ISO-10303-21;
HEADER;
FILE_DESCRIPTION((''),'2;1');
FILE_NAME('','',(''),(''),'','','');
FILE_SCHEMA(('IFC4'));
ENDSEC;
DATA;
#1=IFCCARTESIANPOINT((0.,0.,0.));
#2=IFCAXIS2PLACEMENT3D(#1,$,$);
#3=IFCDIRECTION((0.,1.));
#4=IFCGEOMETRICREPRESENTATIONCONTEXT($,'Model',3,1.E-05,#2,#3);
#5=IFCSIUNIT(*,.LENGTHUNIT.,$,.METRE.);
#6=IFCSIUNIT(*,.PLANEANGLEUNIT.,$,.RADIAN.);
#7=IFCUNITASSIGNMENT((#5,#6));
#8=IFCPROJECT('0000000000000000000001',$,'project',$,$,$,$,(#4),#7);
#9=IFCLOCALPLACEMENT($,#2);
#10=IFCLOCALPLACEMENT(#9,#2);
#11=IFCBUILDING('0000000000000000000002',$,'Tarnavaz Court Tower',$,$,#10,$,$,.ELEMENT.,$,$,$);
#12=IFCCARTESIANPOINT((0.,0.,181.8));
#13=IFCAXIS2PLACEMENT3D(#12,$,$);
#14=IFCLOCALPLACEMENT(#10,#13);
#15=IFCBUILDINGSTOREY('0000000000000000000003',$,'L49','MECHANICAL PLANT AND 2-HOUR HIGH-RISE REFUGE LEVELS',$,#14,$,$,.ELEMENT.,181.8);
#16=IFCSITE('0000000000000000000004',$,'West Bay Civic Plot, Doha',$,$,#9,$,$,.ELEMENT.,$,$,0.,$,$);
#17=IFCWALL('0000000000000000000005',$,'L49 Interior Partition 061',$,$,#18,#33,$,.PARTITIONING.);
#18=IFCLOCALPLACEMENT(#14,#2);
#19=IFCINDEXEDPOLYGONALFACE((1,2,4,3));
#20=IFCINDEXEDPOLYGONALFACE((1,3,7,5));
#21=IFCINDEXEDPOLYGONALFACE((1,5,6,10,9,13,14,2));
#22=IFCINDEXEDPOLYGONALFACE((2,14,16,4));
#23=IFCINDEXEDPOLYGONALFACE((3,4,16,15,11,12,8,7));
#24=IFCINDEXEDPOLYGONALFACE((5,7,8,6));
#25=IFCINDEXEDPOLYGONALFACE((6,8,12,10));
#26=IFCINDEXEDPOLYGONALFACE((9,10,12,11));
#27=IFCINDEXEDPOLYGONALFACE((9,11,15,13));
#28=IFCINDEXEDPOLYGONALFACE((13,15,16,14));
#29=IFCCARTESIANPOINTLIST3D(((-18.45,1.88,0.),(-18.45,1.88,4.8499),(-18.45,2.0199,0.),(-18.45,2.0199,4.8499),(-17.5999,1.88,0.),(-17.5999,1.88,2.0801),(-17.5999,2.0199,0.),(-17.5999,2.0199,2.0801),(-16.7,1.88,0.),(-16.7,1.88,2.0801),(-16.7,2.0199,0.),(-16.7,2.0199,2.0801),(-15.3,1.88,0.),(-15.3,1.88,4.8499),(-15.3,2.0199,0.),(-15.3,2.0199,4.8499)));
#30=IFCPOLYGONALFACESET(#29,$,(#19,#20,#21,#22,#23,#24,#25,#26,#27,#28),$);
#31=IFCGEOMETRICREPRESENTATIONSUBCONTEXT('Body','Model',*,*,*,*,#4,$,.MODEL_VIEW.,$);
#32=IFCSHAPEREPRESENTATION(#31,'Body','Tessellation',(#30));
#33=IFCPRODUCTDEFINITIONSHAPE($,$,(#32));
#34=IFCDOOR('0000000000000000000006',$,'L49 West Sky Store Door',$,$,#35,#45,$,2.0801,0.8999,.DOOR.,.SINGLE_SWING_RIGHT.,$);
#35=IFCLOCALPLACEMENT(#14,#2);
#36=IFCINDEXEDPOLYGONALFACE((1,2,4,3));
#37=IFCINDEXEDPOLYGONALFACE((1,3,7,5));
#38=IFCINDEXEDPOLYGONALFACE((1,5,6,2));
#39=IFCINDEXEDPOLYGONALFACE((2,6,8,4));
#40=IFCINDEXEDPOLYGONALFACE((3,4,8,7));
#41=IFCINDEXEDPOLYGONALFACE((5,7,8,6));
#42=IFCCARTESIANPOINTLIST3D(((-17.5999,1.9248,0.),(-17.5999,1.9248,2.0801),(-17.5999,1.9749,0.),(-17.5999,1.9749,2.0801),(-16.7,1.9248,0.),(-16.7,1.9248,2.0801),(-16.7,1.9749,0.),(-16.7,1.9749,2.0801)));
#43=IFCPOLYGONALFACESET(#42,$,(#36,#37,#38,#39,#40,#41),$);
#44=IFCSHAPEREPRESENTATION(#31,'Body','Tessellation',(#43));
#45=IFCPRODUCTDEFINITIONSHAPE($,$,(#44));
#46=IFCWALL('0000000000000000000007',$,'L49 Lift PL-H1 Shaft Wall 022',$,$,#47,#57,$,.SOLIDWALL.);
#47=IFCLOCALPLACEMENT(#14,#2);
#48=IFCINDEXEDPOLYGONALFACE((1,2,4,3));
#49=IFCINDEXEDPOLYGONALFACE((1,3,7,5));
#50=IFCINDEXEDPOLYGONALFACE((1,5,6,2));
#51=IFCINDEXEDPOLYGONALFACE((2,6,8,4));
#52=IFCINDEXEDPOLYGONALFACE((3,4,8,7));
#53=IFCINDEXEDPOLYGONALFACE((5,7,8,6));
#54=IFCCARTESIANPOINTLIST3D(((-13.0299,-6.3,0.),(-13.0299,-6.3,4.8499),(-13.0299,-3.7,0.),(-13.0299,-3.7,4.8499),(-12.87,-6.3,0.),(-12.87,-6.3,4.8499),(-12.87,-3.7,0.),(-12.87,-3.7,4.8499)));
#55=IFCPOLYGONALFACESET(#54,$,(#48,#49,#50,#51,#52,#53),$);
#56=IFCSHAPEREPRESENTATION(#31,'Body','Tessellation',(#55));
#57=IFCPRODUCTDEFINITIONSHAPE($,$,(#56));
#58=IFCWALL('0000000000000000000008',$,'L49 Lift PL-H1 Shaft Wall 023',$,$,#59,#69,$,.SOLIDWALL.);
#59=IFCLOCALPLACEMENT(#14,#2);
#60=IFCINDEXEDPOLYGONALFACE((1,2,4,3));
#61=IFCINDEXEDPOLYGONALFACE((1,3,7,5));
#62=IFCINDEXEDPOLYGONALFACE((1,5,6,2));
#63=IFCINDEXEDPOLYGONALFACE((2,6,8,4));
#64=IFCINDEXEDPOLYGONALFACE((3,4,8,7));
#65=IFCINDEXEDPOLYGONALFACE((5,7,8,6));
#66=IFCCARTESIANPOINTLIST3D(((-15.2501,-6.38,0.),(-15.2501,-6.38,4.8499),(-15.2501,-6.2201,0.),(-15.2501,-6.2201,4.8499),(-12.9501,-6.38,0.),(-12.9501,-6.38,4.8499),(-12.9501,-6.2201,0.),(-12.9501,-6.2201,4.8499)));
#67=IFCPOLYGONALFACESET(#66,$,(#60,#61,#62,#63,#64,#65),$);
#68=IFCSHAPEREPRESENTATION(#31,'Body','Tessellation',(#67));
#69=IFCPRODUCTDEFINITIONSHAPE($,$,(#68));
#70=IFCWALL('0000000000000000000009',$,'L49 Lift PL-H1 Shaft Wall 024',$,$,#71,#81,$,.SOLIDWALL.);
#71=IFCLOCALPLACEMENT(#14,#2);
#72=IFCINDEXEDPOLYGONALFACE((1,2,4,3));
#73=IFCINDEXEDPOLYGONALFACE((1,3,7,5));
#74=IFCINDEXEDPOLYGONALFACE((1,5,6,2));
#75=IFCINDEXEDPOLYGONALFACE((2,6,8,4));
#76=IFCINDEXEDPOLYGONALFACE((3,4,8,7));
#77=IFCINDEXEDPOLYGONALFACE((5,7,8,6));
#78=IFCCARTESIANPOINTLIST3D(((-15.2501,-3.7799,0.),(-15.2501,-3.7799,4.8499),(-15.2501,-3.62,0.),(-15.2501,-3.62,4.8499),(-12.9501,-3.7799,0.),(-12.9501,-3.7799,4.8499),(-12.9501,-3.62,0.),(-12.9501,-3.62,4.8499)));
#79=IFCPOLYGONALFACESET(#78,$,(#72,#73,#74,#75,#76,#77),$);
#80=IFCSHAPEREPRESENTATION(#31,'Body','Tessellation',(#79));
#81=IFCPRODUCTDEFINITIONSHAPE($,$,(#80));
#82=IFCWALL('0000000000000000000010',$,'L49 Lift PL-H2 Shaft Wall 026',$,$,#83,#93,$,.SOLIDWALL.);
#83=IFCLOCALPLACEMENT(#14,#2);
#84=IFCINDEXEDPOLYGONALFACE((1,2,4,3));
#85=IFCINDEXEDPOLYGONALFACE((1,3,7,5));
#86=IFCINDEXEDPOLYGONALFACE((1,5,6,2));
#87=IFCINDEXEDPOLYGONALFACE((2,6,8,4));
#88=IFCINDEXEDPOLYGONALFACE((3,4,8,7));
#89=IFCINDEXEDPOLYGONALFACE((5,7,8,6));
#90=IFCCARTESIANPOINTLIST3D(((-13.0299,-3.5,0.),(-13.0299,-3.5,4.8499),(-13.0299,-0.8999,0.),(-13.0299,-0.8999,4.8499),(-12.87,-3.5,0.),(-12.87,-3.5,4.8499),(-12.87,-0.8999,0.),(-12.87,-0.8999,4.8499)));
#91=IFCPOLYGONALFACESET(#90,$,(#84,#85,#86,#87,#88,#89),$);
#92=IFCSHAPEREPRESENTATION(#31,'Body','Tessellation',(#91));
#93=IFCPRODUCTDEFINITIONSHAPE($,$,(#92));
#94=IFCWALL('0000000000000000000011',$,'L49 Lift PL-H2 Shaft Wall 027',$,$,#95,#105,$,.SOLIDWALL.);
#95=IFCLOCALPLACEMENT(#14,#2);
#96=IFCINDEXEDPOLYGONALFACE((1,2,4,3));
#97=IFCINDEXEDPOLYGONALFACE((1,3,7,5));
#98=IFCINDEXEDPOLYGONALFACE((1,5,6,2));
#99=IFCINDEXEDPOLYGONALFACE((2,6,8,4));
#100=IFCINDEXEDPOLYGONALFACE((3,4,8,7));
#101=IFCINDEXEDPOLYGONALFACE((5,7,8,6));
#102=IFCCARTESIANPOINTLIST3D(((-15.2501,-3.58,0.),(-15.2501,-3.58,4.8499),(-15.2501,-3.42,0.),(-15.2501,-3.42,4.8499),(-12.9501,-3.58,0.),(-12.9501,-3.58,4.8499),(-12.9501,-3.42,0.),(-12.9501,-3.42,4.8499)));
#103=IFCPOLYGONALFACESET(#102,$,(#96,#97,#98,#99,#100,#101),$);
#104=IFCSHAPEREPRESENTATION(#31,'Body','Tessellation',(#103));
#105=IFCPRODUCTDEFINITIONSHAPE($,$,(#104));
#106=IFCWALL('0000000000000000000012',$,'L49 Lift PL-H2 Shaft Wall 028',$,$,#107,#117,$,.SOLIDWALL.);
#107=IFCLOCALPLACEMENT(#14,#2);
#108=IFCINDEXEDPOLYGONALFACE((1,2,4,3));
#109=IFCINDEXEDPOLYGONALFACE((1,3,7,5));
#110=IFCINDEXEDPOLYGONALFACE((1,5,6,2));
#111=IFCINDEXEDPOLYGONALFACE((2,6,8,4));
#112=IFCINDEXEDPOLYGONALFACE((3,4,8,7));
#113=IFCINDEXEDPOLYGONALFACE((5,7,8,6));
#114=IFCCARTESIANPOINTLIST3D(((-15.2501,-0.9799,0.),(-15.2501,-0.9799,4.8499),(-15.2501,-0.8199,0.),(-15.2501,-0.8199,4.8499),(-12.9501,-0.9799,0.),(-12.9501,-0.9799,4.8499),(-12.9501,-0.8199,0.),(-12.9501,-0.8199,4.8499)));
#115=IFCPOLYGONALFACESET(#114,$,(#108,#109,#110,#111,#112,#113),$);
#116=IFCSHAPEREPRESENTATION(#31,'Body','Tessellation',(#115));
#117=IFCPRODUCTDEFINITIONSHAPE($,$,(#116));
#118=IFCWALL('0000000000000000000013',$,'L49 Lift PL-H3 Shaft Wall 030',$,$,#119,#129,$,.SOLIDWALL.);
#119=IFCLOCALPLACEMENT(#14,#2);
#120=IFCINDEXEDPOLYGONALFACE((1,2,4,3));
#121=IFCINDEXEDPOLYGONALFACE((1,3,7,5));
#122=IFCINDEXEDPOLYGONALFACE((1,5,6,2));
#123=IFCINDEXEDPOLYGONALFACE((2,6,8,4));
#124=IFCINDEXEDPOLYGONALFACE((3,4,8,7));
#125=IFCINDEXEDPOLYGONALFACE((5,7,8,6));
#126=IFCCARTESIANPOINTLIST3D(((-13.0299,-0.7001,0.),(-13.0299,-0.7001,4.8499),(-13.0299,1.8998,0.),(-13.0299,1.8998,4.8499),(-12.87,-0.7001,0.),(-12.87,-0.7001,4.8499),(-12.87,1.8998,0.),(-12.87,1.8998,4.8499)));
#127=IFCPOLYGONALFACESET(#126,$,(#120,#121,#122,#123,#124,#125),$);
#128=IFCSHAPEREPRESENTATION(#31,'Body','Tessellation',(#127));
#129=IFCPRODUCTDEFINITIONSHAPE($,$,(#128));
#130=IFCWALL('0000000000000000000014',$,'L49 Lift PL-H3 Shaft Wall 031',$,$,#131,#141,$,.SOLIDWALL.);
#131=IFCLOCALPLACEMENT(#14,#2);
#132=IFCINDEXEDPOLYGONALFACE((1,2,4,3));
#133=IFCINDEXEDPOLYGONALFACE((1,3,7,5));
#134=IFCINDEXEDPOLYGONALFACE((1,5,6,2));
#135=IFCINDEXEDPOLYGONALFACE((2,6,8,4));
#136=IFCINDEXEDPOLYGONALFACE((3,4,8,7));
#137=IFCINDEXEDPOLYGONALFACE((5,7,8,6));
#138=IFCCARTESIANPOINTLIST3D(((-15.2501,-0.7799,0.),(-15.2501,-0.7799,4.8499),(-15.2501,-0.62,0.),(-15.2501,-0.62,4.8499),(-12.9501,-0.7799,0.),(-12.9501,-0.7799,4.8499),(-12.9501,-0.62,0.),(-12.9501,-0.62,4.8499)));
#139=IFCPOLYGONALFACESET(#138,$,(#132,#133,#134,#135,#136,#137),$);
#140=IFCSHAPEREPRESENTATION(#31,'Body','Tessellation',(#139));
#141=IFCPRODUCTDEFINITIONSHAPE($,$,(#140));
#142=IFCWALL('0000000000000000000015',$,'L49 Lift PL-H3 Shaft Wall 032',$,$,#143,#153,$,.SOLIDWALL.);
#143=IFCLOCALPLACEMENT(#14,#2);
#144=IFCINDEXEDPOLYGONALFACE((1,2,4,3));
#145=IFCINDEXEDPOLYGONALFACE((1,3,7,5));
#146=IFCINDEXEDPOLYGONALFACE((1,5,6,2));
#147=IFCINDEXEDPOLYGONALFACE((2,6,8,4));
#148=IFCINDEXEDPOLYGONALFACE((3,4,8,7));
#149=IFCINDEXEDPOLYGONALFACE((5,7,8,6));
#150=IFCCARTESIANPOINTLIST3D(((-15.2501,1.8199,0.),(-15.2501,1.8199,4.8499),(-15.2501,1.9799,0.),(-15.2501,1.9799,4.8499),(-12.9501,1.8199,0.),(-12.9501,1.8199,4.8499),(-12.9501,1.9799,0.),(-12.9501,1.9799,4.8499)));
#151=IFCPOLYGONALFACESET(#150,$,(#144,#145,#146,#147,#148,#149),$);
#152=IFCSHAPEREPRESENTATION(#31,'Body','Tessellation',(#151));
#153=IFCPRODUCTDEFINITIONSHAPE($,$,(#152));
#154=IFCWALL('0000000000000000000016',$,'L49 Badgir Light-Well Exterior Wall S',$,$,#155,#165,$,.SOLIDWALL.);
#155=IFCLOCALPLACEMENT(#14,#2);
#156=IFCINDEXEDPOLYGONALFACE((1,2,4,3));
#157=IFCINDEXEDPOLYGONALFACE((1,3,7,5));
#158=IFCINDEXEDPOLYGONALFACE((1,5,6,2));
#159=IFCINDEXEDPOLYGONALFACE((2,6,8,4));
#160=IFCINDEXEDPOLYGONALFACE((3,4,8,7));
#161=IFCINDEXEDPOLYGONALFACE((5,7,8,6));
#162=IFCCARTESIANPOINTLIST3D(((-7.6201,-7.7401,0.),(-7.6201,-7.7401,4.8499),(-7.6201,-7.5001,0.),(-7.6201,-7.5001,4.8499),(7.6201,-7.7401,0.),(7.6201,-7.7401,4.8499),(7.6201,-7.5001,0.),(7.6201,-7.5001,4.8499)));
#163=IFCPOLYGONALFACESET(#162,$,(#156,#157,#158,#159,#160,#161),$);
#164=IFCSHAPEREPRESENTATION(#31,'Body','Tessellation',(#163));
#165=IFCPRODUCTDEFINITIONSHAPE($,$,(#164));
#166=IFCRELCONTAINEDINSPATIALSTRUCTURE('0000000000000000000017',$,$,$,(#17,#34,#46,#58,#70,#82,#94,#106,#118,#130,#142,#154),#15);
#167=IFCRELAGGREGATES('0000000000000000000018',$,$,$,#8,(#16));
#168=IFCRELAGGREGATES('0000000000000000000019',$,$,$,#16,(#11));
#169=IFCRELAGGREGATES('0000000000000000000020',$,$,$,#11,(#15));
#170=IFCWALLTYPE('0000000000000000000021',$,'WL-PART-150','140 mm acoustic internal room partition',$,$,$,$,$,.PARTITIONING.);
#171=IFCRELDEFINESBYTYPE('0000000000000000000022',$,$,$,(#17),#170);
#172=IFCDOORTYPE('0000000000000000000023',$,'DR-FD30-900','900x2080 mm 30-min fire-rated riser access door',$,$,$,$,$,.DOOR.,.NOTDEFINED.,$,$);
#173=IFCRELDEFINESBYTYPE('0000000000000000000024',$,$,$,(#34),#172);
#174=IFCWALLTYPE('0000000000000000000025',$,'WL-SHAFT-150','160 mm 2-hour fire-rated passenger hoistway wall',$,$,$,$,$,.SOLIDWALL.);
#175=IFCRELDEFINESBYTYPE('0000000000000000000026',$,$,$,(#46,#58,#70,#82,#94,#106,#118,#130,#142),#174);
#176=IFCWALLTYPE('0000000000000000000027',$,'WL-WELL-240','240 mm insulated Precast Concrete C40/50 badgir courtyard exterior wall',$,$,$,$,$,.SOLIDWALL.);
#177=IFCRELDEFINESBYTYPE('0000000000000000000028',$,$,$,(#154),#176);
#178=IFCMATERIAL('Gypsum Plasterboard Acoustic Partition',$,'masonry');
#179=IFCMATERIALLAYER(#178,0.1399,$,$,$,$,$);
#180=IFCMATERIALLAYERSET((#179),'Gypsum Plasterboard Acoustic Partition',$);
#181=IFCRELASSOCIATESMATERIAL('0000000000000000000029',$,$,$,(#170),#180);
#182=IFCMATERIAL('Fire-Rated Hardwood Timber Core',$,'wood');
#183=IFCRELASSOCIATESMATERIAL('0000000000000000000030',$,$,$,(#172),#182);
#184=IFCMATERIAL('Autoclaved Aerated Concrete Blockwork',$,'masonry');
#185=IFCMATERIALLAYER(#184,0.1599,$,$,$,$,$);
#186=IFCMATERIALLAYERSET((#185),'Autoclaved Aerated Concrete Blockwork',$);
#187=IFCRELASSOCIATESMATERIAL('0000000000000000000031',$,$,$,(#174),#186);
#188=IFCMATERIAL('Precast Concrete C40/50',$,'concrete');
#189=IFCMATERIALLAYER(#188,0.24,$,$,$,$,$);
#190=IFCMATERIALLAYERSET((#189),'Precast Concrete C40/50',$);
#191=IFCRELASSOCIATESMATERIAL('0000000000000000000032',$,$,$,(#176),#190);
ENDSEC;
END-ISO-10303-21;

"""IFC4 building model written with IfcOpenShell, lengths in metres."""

from ifc_helpers import new_model, si_unit, direction, frame, frame_2d, origin, place, context, subcontext, project, spatial, rectangle, extrude, material, layer, layer_set, type_object, element, fill, save


model = new_model("IFC4")

# Units and contexts
model_context = context("Model", 3, precision=1e-05, world=origin(), true_north=direction((0.0, 1.0)))
body_context = subcontext(model_context, "Body", "Model", "MODEL_VIEW")
ifc_project = project(units=[si_unit("LENGTHUNIT", "METRE"), si_unit("PLANEANGLEUNIT", "RADIAN")], contexts=[model_context])

# Site, building, storey
site_placement = place(None, origin())
site = spatial("IfcSite", under=ifc_project, at=site_placement, Name="West Bay Civic Plot, Doha", CompositionType="ELEMENT", RefElevation=0.0)
building_placement = place(site_placement, origin())
building = spatial("IfcBuilding", under=site, at=building_placement, Name="Tarnavaz Court Tower", CompositionType="ELEMENT")
storey_placement = place(building_placement, frame((0.0, 0.0, 181.8)))
storey = spatial("IfcBuildingStorey", under=building, at=storey_placement, Name="L49", Description="MECHANICAL PLANT AND 2-HOUR HIGH-RISE REFUGE LEVELS", CompositionType="ELEMENT", Elevation=181.8)

# Wall, opening, door
ifc_material_1 = material(Name="Gypsum Plasterboard Acoustic Partition", Category="masonry")
ifc_layer_1 = layer(ifc_material_1, 0.1399)
ifc_layer_set_1 = layer_set([ifc_layer_1], Name="Gypsum Plasterboard Acoustic Partition")
wall_type_1 = type_object("IfcWallType", Name="WL-PART-150", Description="140 mm acoustic internal room partition", PredefinedType="PARTITIONING", material=ifc_layer_set_1)
wall_1_placement = place(storey_placement, frame((-18.45, 1.95, 0.0), z_axis=(0.0, 0.0, 1.0), x_axis=(1.0, 0.0, 0.0)))
wall_1 = element("IfcWall", 1, at=wall_1_placement, inside=storey, type_object=wall_type_1, Name="L49 Interior Partition 061", PredefinedType="PARTITIONING", context=body_context, shape_type="SweptSolid", body=[
    extrude(rectangle(XDim=3.1499, YDim=0.1399, at=frame_2d((1.575, 0.0))), origin(), (0.0, 0.0, 1.0), 4.8499),
])
opening_1_placement = place(wall_1_placement, frame((0.8501, 0.0, 0.0)))
opening_1 = element("IfcOpeningElement", 2, at=opening_1_placement, cuts=wall_1, PredefinedType="OPENING", context=body_context, shape_type="SweptSolid", body=[
    extrude(rectangle(XDim=0.8999, YDim=2.0801, at=frame_2d((0.45, 1.04))), frame((0.0, 0.0798, 0.0), z_axis=(0.0, -1.0, 0.0), x_axis=(1.0, 0.0, 0.0)), (0.0, 0.0, 1.0), 0.1599),
])
ifc_material_2 = material(Name="Fire-Rated Hardwood Timber Core", Category="wood")
door_type_1 = type_object("IfcDoorType", Name="DR-FD30-900", Description="900x2080 mm 30-min fire-rated riser access door", OperationType="NOTDEFINED", PredefinedType="DOOR", material=ifc_material_2)
door_1_placement = place(opening_1_placement, origin())
door_1 = element("IfcDoor", 3, at=door_1_placement, inside=storey, type_object=door_type_1, Name="L49 West Sky Store Door", OperationType="SINGLE_SWING_RIGHT", OverallHeight=2.0801, OverallWidth=0.8999, PredefinedType="DOOR", context=body_context, shape_type="SweptSolid", body=[
    extrude(rectangle(XDim=0.8999, YDim=2.0801, at=frame_2d((0.45, 1.04))), frame((0.0, 0.0249, 0.0), z_axis=(0.0, -1.0, 0.0), x_axis=(1.0, 0.0, 0.0)), (0.0, 0.0, 1.0), 0.05),
])
fill(opening_1, door_1)
ifc_material_3 = material(Name="Autoclaved Aerated Concrete Blockwork", Category="masonry")
ifc_layer_2 = layer(ifc_material_3, 0.1599)
ifc_layer_set_2 = layer_set([ifc_layer_2], Name="Autoclaved Aerated Concrete Blockwork")
wall_type_2 = type_object("IfcWallType", Name="WL-SHAFT-150", Description="160 mm 2-hour fire-rated passenger hoistway wall", PredefinedType="SOLIDWALL", material=ifc_layer_set_2)

# Walls
wall_2_placement = place(storey_placement, frame((-12.95, -6.3, 0.0), z_axis=(0.0, 0.0, 1.0), x_axis=(0.0, 1.0, 0.0)))
element("IfcWall", 4, at=wall_2_placement, inside=storey, type_object=wall_type_2, Name="L49 Lift PL-H1 Shaft Wall 022", PredefinedType="SOLIDWALL", context=body_context, shape_type="SweptSolid", body=[
    extrude(rectangle(XDim=2.6001, YDim=0.1599, at=frame_2d((1.3, 0.0))), origin(), (0.0, 0.0, 1.0), 4.8499),
])
for number, where, z_axis, x_axis, name in (
    (5, (-15.25, -6.3, 0.0), (0.0, 0.0, 1.0), (1.0, 0.0, 0.0), "L49 Lift PL-H1 Shaft Wall 023"),
    (6, (-15.25, -3.7, 0.0), (0.0, 0.0, 1.0), (1.0, 0.0, 0.0), "L49 Lift PL-H1 Shaft Wall 024"),
):
    element("IfcWall", number, at=place(storey_placement, frame(where, z_axis=z_axis, x_axis=x_axis)), inside=storey, type_object=wall_type_2, Name=name, PredefinedType="SOLIDWALL", context=body_context, shape_type="SweptSolid", body=[
        extrude(rectangle(XDim=2.3, YDim=0.1599, at=frame_2d((1.1499, 0.0))), origin(), (0.0, 0.0, 1.0), 4.8499),
    ])

# Walls
wall_3_placement = place(storey_placement, frame((-12.95, -3.5, 0.0), z_axis=(0.0, 0.0, 1.0), x_axis=(0.0, 1.0, 0.0)))
element("IfcWall", 7, at=wall_3_placement, inside=storey, type_object=wall_type_2, Name="L49 Lift PL-H2 Shaft Wall 026", PredefinedType="SOLIDWALL", context=body_context, shape_type="SweptSolid", body=[
    extrude(rectangle(XDim=2.6001, YDim=0.1599, at=frame_2d((1.3, 0.0))), origin(), (0.0, 0.0, 1.0), 4.8499),
])
for number, where, z_axis, x_axis, name in (
    (8, (-15.25, -3.5, 0.0), (0.0, 0.0, 1.0), (1.0, 0.0, 0.0), "L49 Lift PL-H2 Shaft Wall 027"),
    (9, (-15.25, -0.8999, 0.0), (0.0, 0.0, 1.0), (1.0, 0.0, 0.0), "L49 Lift PL-H2 Shaft Wall 028"),
):
    element("IfcWall", number, at=place(storey_placement, frame(where, z_axis=z_axis, x_axis=x_axis)), inside=storey, type_object=wall_type_2, Name=name, PredefinedType="SOLIDWALL", context=body_context, shape_type="SweptSolid", body=[
        extrude(rectangle(XDim=2.3, YDim=0.1599, at=frame_2d((1.1499, 0.0))), origin(), (0.0, 0.0, 1.0), 4.8499),
    ])

# Walls
wall_4_placement = place(storey_placement, frame((-12.95, -0.7, 0.0), z_axis=(0.0, 0.0, 1.0), x_axis=(0.0, 1.0, 0.0)))
element("IfcWall", 10, at=wall_4_placement, inside=storey, type_object=wall_type_2, Name="L49 Lift PL-H3 Shaft Wall 030", PredefinedType="SOLIDWALL", context=body_context, shape_type="SweptSolid", body=[
    extrude(rectangle(XDim=2.5999, YDim=0.1599, at=frame_2d((1.2998, 0.0))), origin(), (0.0, 0.0, 1.0), 4.8499),
])
for number, where, z_axis, x_axis, name in (
    (11, (-15.25, -0.7, 0.0), (0.0, 0.0, 1.0), (1.0, 0.0, 0.0), "L49 Lift PL-H3 Shaft Wall 031"),
    (12, (-15.25, 1.8999, 0.0), (0.0, 0.0, 1.0), (1.0, 0.0, 0.0), "L49 Lift PL-H3 Shaft Wall 032"),
):
    element("IfcWall", number, at=place(storey_placement, frame(where, z_axis=z_axis, x_axis=x_axis)), inside=storey, type_object=wall_type_2, Name=name, PredefinedType="SOLIDWALL", context=body_context, shape_type="SweptSolid", body=[
        extrude(rectangle(XDim=2.3, YDim=0.1599, at=frame_2d((1.1499, 0.0))), origin(), (0.0, 0.0, 1.0), 4.8499),
    ])
ifc_material_4 = material(Name="Precast Concrete C40/50", Category="concrete")
ifc_layer_3 = layer(ifc_material_4, 0.24)
ifc_layer_set_3 = layer_set([ifc_layer_3], Name="Precast Concrete C40/50")
wall_type_3 = type_object("IfcWallType", Name="WL-WELL-240", Description="240 mm insulated Precast Concrete C40/50 badgir courtyard exterior wall", PredefinedType="SOLIDWALL", material=ifc_layer_set_3)
wall_5_placement = place(storey_placement, frame((-7.6201, -7.6201, 0.0), z_axis=(0.0, 0.0, 1.0), x_axis=(1.0, 0.0, 0.0)))
element("IfcWall", 13, at=wall_5_placement, inside=storey, type_object=wall_type_3, Name="L49 Badgir Light-Well Exterior Wall S", PredefinedType="SOLIDWALL", context=body_context, shape_type="SweptSolid", body=[
    extrude(rectangle(XDim=15.2402, YDim=0.24, at=frame_2d((7.6201, 0.0))), origin(), (0.0, 0.0, 1.0), 4.8499),
])

save(model, "model.ifc")
